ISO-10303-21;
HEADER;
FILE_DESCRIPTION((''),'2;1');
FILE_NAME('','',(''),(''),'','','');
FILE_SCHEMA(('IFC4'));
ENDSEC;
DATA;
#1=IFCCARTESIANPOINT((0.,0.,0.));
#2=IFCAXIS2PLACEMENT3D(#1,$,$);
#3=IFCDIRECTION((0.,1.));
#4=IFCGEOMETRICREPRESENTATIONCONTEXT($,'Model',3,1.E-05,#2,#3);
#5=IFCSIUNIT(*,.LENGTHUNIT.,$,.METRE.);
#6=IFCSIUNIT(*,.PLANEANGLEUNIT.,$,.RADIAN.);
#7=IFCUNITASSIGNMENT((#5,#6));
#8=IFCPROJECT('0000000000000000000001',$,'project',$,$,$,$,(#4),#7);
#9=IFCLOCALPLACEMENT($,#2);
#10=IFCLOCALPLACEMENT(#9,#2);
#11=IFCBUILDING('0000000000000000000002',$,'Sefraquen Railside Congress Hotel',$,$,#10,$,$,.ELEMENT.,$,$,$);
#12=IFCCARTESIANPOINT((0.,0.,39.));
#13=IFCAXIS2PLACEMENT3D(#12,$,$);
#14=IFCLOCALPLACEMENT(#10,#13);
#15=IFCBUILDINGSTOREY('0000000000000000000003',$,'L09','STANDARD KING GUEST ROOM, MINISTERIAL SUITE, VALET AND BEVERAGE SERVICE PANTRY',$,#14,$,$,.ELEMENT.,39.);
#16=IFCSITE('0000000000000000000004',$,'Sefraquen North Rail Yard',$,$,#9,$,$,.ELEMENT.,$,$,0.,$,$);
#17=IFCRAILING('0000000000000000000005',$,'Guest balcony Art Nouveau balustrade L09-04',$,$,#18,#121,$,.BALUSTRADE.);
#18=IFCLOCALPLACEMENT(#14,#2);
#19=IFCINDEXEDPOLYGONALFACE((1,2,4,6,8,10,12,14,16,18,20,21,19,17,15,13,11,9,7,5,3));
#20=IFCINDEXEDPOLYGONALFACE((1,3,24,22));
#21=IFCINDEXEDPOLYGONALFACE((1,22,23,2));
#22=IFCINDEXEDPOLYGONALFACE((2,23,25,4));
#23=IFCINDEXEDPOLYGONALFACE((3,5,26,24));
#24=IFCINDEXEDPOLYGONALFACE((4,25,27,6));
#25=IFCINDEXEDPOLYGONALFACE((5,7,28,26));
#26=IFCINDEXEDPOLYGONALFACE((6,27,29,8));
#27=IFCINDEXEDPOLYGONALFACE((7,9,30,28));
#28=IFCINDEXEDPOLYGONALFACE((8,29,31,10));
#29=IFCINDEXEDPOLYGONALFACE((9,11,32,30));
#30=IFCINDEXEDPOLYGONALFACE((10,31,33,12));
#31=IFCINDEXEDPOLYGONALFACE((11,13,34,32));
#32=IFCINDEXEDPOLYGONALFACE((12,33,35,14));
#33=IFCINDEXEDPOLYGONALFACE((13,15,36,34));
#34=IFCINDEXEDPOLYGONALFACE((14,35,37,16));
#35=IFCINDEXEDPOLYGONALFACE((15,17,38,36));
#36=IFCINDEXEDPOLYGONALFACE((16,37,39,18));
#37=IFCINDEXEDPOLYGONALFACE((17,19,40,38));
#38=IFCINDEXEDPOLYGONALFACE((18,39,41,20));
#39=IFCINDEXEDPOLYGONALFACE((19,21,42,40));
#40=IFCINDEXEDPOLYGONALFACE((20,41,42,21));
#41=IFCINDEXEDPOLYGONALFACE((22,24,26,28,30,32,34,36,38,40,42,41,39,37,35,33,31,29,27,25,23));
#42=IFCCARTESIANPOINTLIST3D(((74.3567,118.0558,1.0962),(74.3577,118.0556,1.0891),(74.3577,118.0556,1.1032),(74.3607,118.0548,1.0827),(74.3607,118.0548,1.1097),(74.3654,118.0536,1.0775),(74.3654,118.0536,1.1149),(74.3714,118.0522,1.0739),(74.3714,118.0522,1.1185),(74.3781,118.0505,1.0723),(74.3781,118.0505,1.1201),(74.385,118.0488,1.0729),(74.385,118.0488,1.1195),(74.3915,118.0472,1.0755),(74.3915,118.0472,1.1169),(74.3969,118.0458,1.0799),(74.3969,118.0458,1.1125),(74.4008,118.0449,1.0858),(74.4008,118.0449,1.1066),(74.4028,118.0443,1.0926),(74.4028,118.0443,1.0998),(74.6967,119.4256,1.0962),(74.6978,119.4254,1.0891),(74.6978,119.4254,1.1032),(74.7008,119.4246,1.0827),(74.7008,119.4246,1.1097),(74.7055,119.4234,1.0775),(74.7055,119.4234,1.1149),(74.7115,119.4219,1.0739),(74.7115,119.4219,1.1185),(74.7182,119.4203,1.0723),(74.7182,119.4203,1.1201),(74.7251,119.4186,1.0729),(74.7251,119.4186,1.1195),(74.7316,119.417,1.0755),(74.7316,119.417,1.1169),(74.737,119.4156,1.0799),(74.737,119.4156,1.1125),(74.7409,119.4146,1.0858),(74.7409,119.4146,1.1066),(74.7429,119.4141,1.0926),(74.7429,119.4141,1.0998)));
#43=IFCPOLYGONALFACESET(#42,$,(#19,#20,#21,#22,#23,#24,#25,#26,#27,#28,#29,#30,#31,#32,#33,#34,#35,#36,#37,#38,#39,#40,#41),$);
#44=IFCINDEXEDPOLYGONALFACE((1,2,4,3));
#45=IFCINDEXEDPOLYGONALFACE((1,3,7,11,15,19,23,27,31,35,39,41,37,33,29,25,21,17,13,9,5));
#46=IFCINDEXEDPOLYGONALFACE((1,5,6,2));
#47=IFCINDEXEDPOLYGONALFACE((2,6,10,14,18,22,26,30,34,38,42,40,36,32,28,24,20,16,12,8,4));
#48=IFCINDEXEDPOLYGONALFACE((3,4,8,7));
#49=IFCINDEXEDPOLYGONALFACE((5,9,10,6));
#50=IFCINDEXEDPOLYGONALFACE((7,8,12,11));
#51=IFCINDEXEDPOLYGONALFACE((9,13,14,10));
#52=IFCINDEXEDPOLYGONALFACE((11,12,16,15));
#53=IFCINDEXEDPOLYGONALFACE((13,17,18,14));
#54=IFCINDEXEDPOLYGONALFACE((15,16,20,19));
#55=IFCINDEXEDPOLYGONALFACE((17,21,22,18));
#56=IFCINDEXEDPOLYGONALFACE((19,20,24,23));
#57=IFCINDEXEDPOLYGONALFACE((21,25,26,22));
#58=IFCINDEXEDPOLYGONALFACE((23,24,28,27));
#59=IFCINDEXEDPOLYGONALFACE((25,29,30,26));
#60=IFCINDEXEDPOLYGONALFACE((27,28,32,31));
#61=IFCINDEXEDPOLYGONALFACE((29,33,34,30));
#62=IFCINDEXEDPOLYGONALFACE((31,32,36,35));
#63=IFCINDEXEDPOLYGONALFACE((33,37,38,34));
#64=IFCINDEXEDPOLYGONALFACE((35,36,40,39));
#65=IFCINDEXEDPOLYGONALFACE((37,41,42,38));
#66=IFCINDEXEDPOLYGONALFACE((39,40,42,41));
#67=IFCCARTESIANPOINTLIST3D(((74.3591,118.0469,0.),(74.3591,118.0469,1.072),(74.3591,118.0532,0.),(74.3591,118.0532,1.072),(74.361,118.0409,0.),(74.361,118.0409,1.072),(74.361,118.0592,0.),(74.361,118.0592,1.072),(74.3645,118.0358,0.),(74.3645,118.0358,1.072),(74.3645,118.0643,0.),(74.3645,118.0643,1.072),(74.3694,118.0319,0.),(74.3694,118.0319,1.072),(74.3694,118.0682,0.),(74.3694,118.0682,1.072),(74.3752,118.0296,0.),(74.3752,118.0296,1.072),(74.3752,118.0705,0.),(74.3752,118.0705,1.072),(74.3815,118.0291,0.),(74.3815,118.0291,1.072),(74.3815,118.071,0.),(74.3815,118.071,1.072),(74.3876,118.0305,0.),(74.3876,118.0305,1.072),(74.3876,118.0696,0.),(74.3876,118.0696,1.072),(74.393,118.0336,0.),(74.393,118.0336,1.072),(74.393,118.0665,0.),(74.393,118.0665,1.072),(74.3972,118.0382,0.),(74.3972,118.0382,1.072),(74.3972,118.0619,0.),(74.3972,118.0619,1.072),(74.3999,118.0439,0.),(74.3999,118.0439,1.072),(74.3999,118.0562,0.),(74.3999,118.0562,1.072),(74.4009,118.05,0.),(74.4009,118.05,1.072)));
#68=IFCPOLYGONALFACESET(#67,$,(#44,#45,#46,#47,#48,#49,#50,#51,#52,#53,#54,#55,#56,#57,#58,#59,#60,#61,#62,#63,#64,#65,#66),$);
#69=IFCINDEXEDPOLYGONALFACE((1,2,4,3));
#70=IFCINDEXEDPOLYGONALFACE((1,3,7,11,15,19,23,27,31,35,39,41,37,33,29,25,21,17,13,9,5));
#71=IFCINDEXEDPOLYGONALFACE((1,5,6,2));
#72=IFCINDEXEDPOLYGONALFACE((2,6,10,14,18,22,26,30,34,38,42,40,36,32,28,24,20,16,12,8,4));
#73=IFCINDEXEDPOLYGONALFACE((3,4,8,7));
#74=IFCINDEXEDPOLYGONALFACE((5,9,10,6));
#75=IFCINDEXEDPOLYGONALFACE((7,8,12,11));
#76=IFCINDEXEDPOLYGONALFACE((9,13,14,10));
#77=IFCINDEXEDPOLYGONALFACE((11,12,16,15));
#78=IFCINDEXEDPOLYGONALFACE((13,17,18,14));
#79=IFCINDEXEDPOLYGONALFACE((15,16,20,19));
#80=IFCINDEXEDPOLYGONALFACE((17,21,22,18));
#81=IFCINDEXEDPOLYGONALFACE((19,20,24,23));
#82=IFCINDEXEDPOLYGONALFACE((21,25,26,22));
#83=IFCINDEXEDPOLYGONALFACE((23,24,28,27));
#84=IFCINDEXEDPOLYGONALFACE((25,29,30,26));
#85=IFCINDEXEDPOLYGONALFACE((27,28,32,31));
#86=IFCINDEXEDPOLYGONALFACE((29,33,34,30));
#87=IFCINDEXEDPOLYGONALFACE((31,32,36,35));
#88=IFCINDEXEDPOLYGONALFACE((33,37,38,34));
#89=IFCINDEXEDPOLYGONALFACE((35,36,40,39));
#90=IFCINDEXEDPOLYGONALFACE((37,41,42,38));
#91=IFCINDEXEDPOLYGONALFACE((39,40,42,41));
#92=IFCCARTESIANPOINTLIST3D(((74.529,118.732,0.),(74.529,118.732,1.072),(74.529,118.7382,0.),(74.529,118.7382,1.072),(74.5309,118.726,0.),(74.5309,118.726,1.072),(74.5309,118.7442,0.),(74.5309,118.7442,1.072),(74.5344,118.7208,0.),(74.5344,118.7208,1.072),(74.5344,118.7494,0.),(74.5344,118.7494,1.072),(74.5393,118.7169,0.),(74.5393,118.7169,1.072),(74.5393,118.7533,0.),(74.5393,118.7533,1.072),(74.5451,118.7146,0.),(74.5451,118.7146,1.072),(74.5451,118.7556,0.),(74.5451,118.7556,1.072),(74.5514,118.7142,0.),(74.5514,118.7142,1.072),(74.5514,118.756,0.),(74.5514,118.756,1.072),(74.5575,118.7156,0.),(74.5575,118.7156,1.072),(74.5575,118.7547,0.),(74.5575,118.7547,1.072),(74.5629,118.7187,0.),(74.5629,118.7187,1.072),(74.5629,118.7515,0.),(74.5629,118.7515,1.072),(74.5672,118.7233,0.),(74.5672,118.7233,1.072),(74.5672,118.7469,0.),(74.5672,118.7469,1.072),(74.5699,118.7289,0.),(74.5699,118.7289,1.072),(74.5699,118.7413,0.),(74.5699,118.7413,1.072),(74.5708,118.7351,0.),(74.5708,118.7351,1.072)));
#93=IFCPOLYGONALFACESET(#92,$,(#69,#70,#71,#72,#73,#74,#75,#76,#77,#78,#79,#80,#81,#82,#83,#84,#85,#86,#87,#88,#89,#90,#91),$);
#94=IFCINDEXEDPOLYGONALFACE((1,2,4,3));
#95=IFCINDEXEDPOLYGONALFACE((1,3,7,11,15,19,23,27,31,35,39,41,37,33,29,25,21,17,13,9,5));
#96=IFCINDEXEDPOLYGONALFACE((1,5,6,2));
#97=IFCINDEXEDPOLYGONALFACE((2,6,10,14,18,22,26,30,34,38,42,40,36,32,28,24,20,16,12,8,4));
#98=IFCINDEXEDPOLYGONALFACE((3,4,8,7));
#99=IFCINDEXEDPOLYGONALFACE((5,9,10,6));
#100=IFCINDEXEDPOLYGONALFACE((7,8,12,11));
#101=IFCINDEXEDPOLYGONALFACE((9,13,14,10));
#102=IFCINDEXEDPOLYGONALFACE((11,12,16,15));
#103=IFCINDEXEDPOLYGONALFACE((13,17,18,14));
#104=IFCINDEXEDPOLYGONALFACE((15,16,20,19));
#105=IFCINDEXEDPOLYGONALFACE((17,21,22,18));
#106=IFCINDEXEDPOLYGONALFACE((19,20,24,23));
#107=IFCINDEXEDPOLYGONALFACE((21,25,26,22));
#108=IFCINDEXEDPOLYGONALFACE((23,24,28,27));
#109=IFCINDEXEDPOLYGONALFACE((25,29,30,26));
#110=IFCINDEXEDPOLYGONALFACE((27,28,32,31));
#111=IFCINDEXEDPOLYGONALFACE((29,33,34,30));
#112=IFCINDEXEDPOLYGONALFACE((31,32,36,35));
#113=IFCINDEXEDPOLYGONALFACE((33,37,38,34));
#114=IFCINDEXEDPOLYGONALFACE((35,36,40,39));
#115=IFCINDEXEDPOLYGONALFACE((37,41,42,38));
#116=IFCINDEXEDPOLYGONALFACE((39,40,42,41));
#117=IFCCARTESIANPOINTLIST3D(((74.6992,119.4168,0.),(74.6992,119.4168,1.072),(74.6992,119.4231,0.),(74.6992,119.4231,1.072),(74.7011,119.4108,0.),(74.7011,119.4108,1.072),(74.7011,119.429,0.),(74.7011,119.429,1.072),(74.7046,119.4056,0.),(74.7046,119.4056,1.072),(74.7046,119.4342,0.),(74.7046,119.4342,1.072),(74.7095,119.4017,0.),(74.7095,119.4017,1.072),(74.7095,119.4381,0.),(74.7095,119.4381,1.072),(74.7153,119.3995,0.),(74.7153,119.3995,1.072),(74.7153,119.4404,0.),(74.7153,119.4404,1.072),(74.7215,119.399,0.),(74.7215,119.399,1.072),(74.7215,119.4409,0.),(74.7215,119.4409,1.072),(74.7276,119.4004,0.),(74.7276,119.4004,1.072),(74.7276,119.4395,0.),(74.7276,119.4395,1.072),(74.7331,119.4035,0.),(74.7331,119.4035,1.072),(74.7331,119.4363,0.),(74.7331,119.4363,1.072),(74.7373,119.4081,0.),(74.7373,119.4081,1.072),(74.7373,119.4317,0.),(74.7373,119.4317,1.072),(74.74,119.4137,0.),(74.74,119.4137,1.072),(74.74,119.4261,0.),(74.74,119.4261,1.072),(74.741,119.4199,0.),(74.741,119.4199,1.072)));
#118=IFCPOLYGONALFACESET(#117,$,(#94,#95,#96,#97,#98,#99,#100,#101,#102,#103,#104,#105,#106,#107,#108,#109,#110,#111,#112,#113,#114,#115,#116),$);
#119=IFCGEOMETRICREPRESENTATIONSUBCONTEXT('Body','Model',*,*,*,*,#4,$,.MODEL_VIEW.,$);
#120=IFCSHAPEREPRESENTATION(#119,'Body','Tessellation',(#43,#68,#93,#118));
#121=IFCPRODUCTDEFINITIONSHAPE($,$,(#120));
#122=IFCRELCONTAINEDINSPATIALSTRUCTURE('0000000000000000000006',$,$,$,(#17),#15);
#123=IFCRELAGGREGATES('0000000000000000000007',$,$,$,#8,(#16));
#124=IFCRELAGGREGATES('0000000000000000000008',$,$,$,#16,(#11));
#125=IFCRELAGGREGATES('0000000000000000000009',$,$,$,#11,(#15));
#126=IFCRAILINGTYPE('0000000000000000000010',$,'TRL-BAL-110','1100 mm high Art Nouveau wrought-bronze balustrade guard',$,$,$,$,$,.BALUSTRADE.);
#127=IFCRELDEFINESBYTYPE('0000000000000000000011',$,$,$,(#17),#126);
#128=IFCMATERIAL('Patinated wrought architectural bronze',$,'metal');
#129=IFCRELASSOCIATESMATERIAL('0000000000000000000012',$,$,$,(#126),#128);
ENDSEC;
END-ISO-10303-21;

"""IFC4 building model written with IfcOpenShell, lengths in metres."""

from ifc_helpers import new_model, si_unit, direction, frame, origin, origin_2d, place, context, subcontext, project, spatial, circle, extrude, material, type_object, element, save


model = new_model("IFC4")

# Units and contexts
model_context = context("Model", 3, precision=1e-05, world=origin(), true_north=direction((0.0, 1.0)))
body_context = subcontext(model_context, "Body", "Model", "MODEL_VIEW")
ifc_project = project(units=[si_unit("LENGTHUNIT", "METRE"), si_unit("PLANEANGLEUNIT", "RADIAN")], contexts=[model_context])

# Site, building, storey
site_placement = place(None, origin())
site = spatial("IfcSite", under=ifc_project, at=site_placement, Name="Sefraquen North Rail Yard", CompositionType="ELEMENT", RefElevation=0.0)
building_placement = place(site_placement, origin())
building = spatial("IfcBuilding", under=site, at=building_placement, Name="Sefraquen Railside Congress Hotel", CompositionType="ELEMENT")
storey_placement = place(building_placement, frame((0.0, 0.0, 39.0)))
storey = spatial("IfcBuildingStorey", under=building, at=storey_placement, Name="L09", Description="STANDARD KING GUEST ROOM, MINISTERIAL SUITE, VALET AND BEVERAGE SERVICE PANTRY", CompositionType="ELEMENT", Elevation=39.0)

# Railing
ifc_material_1 = material(Name="Patinated wrought architectural bronze", Category="metal")
railing_type = type_object("IfcRailingType", Name="TRL-BAL-110", Description="1100 mm high Art Nouveau wrought-bronze balustrade guard", PredefinedType="BALUSTRADE", material=ifc_material_1)
railing_1_placement = place(storey_placement, frame((74.3799, 118.05, 0.0)))
element("IfcRailing", 1, at=railing_1_placement, inside=storey, type_object=railing_type, Name="Guest balcony Art Nouveau balustrade L09-04", PredefinedType="BALUSTRADE", context=body_context, shape_type="SweptSolid", body=[
    extrude(circle(Radius=0.0239, at=origin_2d()), frame((0.0, 0.0, 1.0962), z_axis=(0.240948, 0.970538, 0.0), x_axis=(-0.970538, 0.240948, 0.0)), (0.0, 0.0, 1.0), 1.4114),
    extrude(circle(Radius=0.021, at=origin_2d()), origin(), (0.0, 0.0, 1.0), 1.072),
    extrude(circle(Radius=0.021, at=origin_2d()), frame((0.1699, 0.6851, 0.0)), (0.0, 0.0, 1.0), 1.072),
    extrude(circle(Radius=0.021, at=origin_2d()), frame((0.3401, 1.3699, 0.0)), (0.0, 0.0, 1.0), 1.072),
])

save(model, "model.ifc")
